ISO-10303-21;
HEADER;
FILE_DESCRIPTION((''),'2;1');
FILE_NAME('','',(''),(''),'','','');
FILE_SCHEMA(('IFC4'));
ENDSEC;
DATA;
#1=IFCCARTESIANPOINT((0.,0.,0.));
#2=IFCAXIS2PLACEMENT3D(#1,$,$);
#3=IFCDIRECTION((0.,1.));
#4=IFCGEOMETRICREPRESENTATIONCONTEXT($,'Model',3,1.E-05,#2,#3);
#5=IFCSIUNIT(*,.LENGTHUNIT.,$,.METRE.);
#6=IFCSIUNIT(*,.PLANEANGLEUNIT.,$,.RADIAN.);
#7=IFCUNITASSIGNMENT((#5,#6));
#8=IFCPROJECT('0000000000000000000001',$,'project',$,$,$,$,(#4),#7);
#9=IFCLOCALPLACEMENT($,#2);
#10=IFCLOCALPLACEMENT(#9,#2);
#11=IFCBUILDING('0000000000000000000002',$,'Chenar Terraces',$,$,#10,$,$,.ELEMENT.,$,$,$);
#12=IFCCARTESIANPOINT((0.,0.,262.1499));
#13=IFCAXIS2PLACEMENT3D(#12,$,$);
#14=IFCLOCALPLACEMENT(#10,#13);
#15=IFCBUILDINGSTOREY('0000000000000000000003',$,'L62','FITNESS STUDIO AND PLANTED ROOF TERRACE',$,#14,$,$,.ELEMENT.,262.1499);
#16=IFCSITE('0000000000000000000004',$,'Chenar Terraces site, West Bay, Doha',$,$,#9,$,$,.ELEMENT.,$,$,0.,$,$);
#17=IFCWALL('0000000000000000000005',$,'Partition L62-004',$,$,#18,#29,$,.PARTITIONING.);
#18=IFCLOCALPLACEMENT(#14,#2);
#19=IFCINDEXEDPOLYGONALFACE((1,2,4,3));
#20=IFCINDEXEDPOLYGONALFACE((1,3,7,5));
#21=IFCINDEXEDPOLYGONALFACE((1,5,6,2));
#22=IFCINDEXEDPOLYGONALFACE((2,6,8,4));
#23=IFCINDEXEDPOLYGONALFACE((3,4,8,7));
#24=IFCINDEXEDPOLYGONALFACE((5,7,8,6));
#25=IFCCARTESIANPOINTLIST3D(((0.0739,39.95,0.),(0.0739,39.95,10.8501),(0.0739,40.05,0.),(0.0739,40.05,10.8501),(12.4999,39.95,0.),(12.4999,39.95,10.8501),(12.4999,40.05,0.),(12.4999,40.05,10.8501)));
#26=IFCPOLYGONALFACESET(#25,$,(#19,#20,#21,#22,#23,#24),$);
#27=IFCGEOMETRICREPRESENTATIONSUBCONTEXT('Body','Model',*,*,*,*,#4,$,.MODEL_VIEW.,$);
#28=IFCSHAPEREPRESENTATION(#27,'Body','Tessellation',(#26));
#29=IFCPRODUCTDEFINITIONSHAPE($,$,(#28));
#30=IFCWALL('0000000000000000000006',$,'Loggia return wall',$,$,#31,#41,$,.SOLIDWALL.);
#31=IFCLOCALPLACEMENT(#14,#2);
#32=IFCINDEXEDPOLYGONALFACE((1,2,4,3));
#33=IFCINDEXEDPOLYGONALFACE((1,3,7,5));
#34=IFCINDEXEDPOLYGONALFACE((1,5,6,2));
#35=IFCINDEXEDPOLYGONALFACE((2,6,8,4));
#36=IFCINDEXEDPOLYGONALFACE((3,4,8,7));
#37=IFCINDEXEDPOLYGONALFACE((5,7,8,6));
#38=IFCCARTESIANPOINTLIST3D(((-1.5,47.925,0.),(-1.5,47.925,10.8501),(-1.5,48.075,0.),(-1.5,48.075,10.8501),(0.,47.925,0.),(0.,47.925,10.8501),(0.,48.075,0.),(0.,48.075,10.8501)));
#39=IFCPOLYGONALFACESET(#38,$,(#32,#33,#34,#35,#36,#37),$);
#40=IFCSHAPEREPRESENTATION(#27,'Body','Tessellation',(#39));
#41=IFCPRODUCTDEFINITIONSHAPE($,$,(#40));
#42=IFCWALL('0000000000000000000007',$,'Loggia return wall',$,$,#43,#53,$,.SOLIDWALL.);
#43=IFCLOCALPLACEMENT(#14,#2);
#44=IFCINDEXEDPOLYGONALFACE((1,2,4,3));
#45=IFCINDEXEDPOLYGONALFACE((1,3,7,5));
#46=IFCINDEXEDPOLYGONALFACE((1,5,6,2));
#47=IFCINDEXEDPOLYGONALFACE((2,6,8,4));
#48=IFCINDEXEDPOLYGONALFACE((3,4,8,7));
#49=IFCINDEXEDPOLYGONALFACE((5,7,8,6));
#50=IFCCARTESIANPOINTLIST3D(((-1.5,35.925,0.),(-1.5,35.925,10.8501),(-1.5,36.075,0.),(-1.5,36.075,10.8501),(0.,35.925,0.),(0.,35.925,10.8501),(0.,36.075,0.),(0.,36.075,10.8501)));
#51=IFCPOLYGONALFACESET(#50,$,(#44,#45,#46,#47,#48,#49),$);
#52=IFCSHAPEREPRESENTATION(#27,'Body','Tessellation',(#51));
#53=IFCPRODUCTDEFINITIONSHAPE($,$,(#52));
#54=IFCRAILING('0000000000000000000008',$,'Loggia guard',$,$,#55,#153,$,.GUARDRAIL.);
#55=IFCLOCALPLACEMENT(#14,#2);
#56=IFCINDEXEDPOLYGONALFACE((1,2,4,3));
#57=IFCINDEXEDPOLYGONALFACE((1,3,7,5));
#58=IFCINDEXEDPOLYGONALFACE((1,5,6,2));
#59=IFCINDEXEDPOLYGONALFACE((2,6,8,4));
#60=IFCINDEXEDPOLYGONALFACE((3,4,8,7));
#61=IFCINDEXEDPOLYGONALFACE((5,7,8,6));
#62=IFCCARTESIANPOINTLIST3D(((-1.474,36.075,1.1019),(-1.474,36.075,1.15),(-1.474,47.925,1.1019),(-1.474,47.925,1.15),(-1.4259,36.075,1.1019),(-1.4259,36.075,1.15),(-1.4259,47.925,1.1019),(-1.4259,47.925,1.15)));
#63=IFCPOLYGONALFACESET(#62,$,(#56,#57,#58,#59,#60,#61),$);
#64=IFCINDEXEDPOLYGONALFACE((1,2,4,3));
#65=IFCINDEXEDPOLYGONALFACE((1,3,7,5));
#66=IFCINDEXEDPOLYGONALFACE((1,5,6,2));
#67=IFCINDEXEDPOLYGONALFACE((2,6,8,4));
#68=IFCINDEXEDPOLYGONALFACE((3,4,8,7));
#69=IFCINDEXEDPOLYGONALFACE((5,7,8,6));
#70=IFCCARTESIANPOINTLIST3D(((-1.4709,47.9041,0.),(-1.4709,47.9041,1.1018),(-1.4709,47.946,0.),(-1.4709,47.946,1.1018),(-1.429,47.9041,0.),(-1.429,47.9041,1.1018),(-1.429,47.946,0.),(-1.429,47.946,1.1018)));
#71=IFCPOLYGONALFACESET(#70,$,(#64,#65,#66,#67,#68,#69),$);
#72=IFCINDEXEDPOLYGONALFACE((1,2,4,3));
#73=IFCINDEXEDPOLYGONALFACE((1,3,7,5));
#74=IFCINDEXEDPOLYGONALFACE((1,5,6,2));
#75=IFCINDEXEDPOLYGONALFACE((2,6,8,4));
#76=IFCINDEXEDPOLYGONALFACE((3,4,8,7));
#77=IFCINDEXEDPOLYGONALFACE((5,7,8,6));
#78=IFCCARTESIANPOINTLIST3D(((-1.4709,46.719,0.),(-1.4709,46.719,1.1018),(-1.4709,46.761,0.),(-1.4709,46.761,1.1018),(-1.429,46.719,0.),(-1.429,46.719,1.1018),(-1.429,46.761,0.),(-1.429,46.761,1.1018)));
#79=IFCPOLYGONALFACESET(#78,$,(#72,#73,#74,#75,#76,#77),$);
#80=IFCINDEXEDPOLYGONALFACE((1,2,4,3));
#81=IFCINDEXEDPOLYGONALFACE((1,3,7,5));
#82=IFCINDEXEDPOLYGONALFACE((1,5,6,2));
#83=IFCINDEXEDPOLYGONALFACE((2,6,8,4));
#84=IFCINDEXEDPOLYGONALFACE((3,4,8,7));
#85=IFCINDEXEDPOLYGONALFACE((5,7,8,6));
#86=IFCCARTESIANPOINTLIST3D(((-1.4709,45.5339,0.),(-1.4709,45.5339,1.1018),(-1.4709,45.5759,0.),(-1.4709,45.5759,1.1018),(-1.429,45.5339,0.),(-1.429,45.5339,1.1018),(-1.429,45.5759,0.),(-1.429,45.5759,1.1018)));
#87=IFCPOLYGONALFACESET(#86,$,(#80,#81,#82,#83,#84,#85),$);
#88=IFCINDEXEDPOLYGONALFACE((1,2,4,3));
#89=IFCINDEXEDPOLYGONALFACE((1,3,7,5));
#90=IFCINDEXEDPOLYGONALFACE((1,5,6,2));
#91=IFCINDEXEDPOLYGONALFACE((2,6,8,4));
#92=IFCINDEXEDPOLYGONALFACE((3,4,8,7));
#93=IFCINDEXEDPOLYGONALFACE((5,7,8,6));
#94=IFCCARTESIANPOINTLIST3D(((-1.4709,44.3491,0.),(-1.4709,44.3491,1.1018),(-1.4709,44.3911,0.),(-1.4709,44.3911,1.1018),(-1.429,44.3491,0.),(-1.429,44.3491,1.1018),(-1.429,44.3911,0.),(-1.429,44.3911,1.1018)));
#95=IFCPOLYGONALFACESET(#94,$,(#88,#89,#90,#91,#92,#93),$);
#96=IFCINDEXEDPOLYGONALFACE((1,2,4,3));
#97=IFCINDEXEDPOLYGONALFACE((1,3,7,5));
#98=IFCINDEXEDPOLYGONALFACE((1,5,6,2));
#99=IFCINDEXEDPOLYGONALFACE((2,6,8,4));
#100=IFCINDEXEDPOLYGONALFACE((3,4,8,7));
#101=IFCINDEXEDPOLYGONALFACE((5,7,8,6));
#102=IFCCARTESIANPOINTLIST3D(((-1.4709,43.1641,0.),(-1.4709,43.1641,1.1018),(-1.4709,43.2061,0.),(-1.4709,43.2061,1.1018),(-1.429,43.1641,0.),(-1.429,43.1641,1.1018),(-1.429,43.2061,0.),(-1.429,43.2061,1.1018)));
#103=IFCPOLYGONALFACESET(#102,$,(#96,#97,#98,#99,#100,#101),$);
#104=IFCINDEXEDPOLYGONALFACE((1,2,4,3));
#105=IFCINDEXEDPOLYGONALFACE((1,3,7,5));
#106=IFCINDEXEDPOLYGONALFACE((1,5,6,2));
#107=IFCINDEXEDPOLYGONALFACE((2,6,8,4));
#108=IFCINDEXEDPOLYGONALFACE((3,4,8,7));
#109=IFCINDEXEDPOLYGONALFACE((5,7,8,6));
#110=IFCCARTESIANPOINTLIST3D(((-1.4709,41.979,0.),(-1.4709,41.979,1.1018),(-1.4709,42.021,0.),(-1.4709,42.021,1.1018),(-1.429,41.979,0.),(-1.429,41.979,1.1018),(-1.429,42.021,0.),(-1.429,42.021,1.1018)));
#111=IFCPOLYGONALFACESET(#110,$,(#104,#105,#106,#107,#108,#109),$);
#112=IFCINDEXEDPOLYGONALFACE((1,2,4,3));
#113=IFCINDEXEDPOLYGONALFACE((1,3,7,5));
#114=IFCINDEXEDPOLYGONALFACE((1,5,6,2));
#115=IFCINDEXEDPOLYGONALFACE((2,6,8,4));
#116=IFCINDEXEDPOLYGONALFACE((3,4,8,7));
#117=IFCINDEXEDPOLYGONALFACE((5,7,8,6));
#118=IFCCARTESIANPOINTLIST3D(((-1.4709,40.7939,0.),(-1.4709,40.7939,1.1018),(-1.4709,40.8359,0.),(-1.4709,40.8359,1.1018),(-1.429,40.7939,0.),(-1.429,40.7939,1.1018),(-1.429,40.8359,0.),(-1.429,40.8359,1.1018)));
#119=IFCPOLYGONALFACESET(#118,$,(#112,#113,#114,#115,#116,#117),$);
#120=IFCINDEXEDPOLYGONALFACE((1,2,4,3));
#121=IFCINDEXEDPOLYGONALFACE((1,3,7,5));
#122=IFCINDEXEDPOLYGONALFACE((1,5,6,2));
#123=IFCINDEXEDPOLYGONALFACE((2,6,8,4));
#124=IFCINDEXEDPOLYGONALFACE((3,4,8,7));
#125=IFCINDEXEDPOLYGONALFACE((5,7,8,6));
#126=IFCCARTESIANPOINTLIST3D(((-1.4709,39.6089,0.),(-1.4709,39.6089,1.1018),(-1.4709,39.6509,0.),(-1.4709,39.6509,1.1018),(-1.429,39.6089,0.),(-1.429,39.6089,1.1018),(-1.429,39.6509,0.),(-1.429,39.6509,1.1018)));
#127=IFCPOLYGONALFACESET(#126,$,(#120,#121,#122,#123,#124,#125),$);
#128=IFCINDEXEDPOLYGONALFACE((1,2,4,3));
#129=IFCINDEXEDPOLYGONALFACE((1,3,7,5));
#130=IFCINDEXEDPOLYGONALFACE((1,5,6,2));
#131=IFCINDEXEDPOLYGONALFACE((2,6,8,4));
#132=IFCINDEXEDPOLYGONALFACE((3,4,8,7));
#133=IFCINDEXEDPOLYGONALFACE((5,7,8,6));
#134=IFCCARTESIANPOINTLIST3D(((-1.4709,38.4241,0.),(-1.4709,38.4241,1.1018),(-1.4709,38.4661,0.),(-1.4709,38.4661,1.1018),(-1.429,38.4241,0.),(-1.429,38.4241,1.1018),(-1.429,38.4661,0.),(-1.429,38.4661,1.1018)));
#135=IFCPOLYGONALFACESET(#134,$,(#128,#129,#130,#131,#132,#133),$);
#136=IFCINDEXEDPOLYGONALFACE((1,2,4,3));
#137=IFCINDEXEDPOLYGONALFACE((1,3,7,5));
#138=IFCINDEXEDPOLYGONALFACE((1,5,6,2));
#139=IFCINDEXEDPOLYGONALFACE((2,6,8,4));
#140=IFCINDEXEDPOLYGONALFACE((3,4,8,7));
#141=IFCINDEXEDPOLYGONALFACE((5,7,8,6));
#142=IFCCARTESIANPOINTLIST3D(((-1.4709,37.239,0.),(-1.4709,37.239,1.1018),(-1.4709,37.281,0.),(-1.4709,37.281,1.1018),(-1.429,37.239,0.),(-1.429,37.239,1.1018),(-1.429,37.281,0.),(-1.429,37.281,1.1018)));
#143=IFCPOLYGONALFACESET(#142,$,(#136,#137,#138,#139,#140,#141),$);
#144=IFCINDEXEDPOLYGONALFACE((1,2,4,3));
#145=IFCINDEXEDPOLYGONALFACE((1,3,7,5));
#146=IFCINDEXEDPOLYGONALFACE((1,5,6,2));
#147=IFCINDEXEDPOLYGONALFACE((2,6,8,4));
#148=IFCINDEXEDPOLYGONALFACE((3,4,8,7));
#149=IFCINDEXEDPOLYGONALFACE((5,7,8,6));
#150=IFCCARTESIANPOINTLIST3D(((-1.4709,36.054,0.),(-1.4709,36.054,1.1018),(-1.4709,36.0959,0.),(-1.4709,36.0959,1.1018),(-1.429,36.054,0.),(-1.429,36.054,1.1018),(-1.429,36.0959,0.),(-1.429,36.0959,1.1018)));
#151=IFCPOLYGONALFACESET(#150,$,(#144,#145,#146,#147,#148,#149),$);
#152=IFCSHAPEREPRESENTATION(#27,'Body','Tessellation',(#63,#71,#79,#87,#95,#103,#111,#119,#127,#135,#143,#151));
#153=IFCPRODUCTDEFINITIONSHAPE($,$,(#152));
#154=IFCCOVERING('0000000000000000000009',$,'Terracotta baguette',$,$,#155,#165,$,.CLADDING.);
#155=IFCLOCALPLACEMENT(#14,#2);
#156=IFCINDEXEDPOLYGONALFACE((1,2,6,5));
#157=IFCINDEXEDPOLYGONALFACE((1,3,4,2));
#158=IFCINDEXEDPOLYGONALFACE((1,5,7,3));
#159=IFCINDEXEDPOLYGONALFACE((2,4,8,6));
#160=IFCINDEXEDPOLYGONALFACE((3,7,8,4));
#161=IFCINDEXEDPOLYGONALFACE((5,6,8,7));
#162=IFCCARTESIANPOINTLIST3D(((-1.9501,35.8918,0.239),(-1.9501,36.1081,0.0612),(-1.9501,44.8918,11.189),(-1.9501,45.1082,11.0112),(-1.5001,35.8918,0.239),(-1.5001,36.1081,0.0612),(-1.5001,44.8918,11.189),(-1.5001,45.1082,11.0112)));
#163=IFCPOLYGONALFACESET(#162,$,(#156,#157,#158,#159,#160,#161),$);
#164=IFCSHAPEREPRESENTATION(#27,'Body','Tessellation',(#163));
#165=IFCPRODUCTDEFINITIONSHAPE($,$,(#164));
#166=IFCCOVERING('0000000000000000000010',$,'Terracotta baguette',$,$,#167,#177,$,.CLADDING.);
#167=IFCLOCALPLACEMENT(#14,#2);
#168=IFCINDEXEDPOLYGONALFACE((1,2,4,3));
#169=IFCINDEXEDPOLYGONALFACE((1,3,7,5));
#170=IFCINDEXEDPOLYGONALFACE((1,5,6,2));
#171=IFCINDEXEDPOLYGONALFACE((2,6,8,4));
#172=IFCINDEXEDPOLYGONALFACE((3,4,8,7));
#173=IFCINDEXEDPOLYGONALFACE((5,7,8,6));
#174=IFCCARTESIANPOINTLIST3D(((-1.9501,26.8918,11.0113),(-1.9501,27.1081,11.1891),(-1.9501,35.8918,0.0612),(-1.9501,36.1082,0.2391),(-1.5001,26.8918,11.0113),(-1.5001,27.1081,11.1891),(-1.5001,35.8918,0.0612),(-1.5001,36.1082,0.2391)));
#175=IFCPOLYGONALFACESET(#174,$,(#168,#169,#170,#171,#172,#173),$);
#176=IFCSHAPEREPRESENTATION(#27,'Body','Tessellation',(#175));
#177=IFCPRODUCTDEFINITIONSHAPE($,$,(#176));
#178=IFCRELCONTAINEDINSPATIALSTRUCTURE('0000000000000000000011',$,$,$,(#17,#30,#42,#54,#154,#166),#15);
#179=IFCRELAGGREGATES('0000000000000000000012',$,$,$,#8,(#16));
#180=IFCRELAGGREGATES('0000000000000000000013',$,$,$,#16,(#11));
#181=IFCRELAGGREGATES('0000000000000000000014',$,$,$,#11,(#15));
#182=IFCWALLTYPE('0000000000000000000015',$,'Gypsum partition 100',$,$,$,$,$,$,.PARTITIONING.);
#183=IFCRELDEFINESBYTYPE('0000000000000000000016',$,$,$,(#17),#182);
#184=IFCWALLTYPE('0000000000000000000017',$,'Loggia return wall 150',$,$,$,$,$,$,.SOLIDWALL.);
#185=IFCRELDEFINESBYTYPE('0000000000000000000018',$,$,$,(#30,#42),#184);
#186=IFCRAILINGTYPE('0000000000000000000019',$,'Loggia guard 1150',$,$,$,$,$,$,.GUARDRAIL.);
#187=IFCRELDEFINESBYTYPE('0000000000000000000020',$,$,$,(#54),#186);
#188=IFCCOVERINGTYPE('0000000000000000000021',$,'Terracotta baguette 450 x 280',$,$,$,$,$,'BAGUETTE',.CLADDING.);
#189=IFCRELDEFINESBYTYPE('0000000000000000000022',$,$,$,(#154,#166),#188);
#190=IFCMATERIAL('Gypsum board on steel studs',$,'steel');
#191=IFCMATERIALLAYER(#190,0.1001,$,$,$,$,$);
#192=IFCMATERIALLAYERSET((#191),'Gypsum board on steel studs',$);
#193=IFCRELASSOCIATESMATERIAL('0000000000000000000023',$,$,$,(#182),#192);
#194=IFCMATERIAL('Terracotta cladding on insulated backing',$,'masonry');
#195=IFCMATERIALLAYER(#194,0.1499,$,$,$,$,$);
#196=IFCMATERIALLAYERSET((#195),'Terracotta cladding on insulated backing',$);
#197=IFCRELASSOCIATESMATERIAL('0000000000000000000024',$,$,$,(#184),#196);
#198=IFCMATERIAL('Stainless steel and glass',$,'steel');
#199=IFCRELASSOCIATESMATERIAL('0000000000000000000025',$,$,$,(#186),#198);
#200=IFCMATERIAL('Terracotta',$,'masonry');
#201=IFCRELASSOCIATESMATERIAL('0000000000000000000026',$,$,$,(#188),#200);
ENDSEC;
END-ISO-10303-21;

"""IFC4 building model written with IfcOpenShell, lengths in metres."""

from ifc_helpers import new_model, si_unit, direction, frame, frame_2d, origin, origin_2d, place, context, subcontext, project, spatial, rectangle, extrude, material, layer, layer_set, material_profile, profile_set, type_object, element, save


model = new_model("IFC4")

# Units and contexts
model_context = context("Model", 3, precision=1e-05, world=origin(), true_north=direction((0.0, 1.0)))
body_context = subcontext(model_context, "Body", "Model", "MODEL_VIEW")
ifc_project = project(units=[si_unit("LENGTHUNIT", "METRE"), si_unit("PLANEANGLEUNIT", "RADIAN")], contexts=[model_context])

# Site, building, storey
site_placement = place(None, origin())
site = spatial("IfcSite", under=ifc_project, at=site_placement, Name="Chenar Terraces site, West Bay, Doha", CompositionType="ELEMENT", RefElevation=0.0)
building_placement = place(site_placement, origin())
building = spatial("IfcBuilding", under=site, at=building_placement, Name="Chenar Terraces", CompositionType="ELEMENT")
storey_placement = place(building_placement, frame((0.0, 0.0, 262.1499)))
storey = spatial("IfcBuildingStorey", under=building, at=storey_placement, Name="L62", Description="FITNESS STUDIO AND PLANTED ROOF TERRACE", CompositionType="ELEMENT", Elevation=262.1499)

# Walls
ifc_material_1 = material(Name="Gypsum board on steel studs", Category="steel")
ifc_layer_1 = layer(ifc_material_1, 0.1001)
ifc_layer_set_1 = layer_set([ifc_layer_1], Name="Gypsum board on steel studs")
wall_type_1 = type_object("IfcWallType", Name="Gypsum partition 100", PredefinedType="PARTITIONING", material=ifc_layer_set_1)
wall_1_placement = place(storey_placement, frame((0.074, 40.0, 0.0), z_axis=(0.0, 0.0, 1.0), x_axis=(1.0, 0.0, 0.0)))
element("IfcWall", 1, at=wall_1_placement, inside=storey, type_object=wall_type_1, Name="Partition L62-004", PredefinedType="PARTITIONING", context=body_context, shape_type="SweptSolid", body=[
    extrude(rectangle(XDim=12.426, YDim=0.1001, at=frame_2d((6.2129, 0.0))), origin(), (0.0, 0.0, 1.0), 10.8501),
])
ifc_material_2 = material(Name="Terracotta cladding on insulated backing", Category="masonry")
ifc_layer_2 = layer(ifc_material_2, 0.1499)
ifc_layer_set_2 = layer_set([ifc_layer_2], Name="Terracotta cladding on insulated backing")
wall_type_2 = type_object("IfcWallType", Name="Loggia return wall 150", PredefinedType="SOLIDWALL", material=ifc_layer_set_2)
for number, where, z_axis, x_axis, name in (
    (2, (-1.5, 48.0, 0.0), (0.0, 0.0, 1.0), (1.0, 0.0, 0.0), "Loggia return wall"),
    (3, (-1.5, 36.0, 0.0), (0.0, 0.0, 1.0), (1.0, 0.0, 0.0), "Loggia return wall"),
):
    element("IfcWall", number, at=place(storey_placement, frame(where, z_axis=z_axis, x_axis=x_axis)), inside=storey, type_object=wall_type_2, Name=name, PredefinedType="SOLIDWALL", context=body_context, shape_type="SweptSolid", body=[
        extrude(rectangle(XDim=1.5, YDim=0.1499, at=frame_2d((0.75, 0.0))), origin(), (0.0, 0.0, 1.0), 10.8501),
    ])

# Railing
ifc_material_3 = material(Name="Stainless steel and glass", Category="steel")
railing_type = type_object("IfcRailingType", Name="Loggia guard 1150", PredefinedType="GUARDRAIL", material=ifc_material_3)
railing_placement = place(storey_placement, frame((-1.45, 47.925, 0.0)))
element("IfcRailing", 4, at=railing_placement, inside=storey, type_object=railing_type, Name="Loggia guard", PredefinedType="GUARDRAIL", context=body_context, shape_type="SweptSolid", body=[
    extrude(rectangle(XDim=0.0481, YDim=0.0481, at=origin_2d()), frame((0.0, 0.0, 1.126), z_axis=(0.0, -1.0, 0.0), x_axis=(1.0, 0.0, 0.0)), (0.0, 0.0, 1.0), 11.8501),
    extrude(rectangle(XDim=0.042, YDim=0.042, at=origin_2d()), origin(), (0.0, 0.0, 1.0), 1.1018),
    extrude(rectangle(XDim=0.042, YDim=0.042, at=origin_2d()), frame((0.0, -1.1851, 0.0)), (0.0, 0.0, 1.0), 1.1018),
    extrude(rectangle(XDim=0.042, YDim=0.042, at=origin_2d()), frame((0.0, -2.3701, 0.0)), (0.0, 0.0, 1.0), 1.1018),
    extrude(rectangle(XDim=0.042, YDim=0.042, at=origin_2d()), frame((0.0, -3.5549, 0.0)), (0.0, 0.0, 1.0), 1.1018),
    extrude(rectangle(XDim=0.042, YDim=0.042, at=origin_2d()), frame((0.0, -4.74, 0.0)), (0.0, 0.0, 1.0), 1.1018),
    extrude(rectangle(XDim=0.042, YDim=0.042, at=origin_2d()), frame((0.0, -5.925, 0.0)), (0.0, 0.0, 1.0), 1.1018),
    extrude(rectangle(XDim=0.042, YDim=0.042, at=origin_2d()), frame((0.0, -7.1101, 0.0)), (0.0, 0.0, 1.0), 1.1018),
    extrude(rectangle(XDim=0.042, YDim=0.042, at=origin_2d()), frame((0.0, -8.2952, 0.0)), (0.0, 0.0, 1.0), 1.1018),
    extrude(rectangle(XDim=0.042, YDim=0.042, at=origin_2d()), frame((0.0, -9.48, 0.0)), (0.0, 0.0, 1.0), 1.1018),
    extrude(rectangle(XDim=0.042, YDim=0.042, at=origin_2d()), frame((0.0, -10.665, 0.0)), (0.0, 0.0, 1.0), 1.1018),
    extrude(rectangle(XDim=0.042, YDim=0.042, at=origin_2d()), frame((0.0, -11.8501, 0.0)), (0.0, 0.0, 1.0), 1.1018),
])

# Coverings
ifc_material_4 = material(Name="Terracotta", Category="masonry")
ifc_material_profile_1 = material_profile(ifc_material_4, rectangle(XDim=0.45, YDim=0.28, at=origin_2d()), Name="Terracotta baguette 450 x 280")
ifc_profile_set_1 = profile_set([ifc_material_profile_1], Name="Terracotta")
covering_type = type_object("IfcCoveringType", Name="Terracotta baguette 450 x 280", ElementType="BAGUETTE", PredefinedType="CLADDING", material=ifc_profile_set_1)
for number, where, z_axis, x_axis, name in (
    (5, (-1.7251, 45.0, 11.1001), (0.0, -0.634967, -0.772539), (1.0, 0.0, 0.0), "Terracotta baguette"),
    (6, (-1.7251, 36.0, 0.1501), (0.0, -0.634967, 0.772539), (1.0, 0.0, 0.0), "Terracotta baguette"),
):
    element("IfcCovering", number, at=place(storey_placement, frame(where, z_axis=z_axis, x_axis=x_axis)), inside=storey, type_object=covering_type, Name=name, PredefinedType="CLADDING", context=body_context, shape_type="SweptSolid", body=[
        extrude(rectangle(XDim=0.45, YDim=0.28, at=origin_2d()), origin(), (0.0, 0.0, 1.0), 14.1741),
    ])

save(model, "model.ifc")
